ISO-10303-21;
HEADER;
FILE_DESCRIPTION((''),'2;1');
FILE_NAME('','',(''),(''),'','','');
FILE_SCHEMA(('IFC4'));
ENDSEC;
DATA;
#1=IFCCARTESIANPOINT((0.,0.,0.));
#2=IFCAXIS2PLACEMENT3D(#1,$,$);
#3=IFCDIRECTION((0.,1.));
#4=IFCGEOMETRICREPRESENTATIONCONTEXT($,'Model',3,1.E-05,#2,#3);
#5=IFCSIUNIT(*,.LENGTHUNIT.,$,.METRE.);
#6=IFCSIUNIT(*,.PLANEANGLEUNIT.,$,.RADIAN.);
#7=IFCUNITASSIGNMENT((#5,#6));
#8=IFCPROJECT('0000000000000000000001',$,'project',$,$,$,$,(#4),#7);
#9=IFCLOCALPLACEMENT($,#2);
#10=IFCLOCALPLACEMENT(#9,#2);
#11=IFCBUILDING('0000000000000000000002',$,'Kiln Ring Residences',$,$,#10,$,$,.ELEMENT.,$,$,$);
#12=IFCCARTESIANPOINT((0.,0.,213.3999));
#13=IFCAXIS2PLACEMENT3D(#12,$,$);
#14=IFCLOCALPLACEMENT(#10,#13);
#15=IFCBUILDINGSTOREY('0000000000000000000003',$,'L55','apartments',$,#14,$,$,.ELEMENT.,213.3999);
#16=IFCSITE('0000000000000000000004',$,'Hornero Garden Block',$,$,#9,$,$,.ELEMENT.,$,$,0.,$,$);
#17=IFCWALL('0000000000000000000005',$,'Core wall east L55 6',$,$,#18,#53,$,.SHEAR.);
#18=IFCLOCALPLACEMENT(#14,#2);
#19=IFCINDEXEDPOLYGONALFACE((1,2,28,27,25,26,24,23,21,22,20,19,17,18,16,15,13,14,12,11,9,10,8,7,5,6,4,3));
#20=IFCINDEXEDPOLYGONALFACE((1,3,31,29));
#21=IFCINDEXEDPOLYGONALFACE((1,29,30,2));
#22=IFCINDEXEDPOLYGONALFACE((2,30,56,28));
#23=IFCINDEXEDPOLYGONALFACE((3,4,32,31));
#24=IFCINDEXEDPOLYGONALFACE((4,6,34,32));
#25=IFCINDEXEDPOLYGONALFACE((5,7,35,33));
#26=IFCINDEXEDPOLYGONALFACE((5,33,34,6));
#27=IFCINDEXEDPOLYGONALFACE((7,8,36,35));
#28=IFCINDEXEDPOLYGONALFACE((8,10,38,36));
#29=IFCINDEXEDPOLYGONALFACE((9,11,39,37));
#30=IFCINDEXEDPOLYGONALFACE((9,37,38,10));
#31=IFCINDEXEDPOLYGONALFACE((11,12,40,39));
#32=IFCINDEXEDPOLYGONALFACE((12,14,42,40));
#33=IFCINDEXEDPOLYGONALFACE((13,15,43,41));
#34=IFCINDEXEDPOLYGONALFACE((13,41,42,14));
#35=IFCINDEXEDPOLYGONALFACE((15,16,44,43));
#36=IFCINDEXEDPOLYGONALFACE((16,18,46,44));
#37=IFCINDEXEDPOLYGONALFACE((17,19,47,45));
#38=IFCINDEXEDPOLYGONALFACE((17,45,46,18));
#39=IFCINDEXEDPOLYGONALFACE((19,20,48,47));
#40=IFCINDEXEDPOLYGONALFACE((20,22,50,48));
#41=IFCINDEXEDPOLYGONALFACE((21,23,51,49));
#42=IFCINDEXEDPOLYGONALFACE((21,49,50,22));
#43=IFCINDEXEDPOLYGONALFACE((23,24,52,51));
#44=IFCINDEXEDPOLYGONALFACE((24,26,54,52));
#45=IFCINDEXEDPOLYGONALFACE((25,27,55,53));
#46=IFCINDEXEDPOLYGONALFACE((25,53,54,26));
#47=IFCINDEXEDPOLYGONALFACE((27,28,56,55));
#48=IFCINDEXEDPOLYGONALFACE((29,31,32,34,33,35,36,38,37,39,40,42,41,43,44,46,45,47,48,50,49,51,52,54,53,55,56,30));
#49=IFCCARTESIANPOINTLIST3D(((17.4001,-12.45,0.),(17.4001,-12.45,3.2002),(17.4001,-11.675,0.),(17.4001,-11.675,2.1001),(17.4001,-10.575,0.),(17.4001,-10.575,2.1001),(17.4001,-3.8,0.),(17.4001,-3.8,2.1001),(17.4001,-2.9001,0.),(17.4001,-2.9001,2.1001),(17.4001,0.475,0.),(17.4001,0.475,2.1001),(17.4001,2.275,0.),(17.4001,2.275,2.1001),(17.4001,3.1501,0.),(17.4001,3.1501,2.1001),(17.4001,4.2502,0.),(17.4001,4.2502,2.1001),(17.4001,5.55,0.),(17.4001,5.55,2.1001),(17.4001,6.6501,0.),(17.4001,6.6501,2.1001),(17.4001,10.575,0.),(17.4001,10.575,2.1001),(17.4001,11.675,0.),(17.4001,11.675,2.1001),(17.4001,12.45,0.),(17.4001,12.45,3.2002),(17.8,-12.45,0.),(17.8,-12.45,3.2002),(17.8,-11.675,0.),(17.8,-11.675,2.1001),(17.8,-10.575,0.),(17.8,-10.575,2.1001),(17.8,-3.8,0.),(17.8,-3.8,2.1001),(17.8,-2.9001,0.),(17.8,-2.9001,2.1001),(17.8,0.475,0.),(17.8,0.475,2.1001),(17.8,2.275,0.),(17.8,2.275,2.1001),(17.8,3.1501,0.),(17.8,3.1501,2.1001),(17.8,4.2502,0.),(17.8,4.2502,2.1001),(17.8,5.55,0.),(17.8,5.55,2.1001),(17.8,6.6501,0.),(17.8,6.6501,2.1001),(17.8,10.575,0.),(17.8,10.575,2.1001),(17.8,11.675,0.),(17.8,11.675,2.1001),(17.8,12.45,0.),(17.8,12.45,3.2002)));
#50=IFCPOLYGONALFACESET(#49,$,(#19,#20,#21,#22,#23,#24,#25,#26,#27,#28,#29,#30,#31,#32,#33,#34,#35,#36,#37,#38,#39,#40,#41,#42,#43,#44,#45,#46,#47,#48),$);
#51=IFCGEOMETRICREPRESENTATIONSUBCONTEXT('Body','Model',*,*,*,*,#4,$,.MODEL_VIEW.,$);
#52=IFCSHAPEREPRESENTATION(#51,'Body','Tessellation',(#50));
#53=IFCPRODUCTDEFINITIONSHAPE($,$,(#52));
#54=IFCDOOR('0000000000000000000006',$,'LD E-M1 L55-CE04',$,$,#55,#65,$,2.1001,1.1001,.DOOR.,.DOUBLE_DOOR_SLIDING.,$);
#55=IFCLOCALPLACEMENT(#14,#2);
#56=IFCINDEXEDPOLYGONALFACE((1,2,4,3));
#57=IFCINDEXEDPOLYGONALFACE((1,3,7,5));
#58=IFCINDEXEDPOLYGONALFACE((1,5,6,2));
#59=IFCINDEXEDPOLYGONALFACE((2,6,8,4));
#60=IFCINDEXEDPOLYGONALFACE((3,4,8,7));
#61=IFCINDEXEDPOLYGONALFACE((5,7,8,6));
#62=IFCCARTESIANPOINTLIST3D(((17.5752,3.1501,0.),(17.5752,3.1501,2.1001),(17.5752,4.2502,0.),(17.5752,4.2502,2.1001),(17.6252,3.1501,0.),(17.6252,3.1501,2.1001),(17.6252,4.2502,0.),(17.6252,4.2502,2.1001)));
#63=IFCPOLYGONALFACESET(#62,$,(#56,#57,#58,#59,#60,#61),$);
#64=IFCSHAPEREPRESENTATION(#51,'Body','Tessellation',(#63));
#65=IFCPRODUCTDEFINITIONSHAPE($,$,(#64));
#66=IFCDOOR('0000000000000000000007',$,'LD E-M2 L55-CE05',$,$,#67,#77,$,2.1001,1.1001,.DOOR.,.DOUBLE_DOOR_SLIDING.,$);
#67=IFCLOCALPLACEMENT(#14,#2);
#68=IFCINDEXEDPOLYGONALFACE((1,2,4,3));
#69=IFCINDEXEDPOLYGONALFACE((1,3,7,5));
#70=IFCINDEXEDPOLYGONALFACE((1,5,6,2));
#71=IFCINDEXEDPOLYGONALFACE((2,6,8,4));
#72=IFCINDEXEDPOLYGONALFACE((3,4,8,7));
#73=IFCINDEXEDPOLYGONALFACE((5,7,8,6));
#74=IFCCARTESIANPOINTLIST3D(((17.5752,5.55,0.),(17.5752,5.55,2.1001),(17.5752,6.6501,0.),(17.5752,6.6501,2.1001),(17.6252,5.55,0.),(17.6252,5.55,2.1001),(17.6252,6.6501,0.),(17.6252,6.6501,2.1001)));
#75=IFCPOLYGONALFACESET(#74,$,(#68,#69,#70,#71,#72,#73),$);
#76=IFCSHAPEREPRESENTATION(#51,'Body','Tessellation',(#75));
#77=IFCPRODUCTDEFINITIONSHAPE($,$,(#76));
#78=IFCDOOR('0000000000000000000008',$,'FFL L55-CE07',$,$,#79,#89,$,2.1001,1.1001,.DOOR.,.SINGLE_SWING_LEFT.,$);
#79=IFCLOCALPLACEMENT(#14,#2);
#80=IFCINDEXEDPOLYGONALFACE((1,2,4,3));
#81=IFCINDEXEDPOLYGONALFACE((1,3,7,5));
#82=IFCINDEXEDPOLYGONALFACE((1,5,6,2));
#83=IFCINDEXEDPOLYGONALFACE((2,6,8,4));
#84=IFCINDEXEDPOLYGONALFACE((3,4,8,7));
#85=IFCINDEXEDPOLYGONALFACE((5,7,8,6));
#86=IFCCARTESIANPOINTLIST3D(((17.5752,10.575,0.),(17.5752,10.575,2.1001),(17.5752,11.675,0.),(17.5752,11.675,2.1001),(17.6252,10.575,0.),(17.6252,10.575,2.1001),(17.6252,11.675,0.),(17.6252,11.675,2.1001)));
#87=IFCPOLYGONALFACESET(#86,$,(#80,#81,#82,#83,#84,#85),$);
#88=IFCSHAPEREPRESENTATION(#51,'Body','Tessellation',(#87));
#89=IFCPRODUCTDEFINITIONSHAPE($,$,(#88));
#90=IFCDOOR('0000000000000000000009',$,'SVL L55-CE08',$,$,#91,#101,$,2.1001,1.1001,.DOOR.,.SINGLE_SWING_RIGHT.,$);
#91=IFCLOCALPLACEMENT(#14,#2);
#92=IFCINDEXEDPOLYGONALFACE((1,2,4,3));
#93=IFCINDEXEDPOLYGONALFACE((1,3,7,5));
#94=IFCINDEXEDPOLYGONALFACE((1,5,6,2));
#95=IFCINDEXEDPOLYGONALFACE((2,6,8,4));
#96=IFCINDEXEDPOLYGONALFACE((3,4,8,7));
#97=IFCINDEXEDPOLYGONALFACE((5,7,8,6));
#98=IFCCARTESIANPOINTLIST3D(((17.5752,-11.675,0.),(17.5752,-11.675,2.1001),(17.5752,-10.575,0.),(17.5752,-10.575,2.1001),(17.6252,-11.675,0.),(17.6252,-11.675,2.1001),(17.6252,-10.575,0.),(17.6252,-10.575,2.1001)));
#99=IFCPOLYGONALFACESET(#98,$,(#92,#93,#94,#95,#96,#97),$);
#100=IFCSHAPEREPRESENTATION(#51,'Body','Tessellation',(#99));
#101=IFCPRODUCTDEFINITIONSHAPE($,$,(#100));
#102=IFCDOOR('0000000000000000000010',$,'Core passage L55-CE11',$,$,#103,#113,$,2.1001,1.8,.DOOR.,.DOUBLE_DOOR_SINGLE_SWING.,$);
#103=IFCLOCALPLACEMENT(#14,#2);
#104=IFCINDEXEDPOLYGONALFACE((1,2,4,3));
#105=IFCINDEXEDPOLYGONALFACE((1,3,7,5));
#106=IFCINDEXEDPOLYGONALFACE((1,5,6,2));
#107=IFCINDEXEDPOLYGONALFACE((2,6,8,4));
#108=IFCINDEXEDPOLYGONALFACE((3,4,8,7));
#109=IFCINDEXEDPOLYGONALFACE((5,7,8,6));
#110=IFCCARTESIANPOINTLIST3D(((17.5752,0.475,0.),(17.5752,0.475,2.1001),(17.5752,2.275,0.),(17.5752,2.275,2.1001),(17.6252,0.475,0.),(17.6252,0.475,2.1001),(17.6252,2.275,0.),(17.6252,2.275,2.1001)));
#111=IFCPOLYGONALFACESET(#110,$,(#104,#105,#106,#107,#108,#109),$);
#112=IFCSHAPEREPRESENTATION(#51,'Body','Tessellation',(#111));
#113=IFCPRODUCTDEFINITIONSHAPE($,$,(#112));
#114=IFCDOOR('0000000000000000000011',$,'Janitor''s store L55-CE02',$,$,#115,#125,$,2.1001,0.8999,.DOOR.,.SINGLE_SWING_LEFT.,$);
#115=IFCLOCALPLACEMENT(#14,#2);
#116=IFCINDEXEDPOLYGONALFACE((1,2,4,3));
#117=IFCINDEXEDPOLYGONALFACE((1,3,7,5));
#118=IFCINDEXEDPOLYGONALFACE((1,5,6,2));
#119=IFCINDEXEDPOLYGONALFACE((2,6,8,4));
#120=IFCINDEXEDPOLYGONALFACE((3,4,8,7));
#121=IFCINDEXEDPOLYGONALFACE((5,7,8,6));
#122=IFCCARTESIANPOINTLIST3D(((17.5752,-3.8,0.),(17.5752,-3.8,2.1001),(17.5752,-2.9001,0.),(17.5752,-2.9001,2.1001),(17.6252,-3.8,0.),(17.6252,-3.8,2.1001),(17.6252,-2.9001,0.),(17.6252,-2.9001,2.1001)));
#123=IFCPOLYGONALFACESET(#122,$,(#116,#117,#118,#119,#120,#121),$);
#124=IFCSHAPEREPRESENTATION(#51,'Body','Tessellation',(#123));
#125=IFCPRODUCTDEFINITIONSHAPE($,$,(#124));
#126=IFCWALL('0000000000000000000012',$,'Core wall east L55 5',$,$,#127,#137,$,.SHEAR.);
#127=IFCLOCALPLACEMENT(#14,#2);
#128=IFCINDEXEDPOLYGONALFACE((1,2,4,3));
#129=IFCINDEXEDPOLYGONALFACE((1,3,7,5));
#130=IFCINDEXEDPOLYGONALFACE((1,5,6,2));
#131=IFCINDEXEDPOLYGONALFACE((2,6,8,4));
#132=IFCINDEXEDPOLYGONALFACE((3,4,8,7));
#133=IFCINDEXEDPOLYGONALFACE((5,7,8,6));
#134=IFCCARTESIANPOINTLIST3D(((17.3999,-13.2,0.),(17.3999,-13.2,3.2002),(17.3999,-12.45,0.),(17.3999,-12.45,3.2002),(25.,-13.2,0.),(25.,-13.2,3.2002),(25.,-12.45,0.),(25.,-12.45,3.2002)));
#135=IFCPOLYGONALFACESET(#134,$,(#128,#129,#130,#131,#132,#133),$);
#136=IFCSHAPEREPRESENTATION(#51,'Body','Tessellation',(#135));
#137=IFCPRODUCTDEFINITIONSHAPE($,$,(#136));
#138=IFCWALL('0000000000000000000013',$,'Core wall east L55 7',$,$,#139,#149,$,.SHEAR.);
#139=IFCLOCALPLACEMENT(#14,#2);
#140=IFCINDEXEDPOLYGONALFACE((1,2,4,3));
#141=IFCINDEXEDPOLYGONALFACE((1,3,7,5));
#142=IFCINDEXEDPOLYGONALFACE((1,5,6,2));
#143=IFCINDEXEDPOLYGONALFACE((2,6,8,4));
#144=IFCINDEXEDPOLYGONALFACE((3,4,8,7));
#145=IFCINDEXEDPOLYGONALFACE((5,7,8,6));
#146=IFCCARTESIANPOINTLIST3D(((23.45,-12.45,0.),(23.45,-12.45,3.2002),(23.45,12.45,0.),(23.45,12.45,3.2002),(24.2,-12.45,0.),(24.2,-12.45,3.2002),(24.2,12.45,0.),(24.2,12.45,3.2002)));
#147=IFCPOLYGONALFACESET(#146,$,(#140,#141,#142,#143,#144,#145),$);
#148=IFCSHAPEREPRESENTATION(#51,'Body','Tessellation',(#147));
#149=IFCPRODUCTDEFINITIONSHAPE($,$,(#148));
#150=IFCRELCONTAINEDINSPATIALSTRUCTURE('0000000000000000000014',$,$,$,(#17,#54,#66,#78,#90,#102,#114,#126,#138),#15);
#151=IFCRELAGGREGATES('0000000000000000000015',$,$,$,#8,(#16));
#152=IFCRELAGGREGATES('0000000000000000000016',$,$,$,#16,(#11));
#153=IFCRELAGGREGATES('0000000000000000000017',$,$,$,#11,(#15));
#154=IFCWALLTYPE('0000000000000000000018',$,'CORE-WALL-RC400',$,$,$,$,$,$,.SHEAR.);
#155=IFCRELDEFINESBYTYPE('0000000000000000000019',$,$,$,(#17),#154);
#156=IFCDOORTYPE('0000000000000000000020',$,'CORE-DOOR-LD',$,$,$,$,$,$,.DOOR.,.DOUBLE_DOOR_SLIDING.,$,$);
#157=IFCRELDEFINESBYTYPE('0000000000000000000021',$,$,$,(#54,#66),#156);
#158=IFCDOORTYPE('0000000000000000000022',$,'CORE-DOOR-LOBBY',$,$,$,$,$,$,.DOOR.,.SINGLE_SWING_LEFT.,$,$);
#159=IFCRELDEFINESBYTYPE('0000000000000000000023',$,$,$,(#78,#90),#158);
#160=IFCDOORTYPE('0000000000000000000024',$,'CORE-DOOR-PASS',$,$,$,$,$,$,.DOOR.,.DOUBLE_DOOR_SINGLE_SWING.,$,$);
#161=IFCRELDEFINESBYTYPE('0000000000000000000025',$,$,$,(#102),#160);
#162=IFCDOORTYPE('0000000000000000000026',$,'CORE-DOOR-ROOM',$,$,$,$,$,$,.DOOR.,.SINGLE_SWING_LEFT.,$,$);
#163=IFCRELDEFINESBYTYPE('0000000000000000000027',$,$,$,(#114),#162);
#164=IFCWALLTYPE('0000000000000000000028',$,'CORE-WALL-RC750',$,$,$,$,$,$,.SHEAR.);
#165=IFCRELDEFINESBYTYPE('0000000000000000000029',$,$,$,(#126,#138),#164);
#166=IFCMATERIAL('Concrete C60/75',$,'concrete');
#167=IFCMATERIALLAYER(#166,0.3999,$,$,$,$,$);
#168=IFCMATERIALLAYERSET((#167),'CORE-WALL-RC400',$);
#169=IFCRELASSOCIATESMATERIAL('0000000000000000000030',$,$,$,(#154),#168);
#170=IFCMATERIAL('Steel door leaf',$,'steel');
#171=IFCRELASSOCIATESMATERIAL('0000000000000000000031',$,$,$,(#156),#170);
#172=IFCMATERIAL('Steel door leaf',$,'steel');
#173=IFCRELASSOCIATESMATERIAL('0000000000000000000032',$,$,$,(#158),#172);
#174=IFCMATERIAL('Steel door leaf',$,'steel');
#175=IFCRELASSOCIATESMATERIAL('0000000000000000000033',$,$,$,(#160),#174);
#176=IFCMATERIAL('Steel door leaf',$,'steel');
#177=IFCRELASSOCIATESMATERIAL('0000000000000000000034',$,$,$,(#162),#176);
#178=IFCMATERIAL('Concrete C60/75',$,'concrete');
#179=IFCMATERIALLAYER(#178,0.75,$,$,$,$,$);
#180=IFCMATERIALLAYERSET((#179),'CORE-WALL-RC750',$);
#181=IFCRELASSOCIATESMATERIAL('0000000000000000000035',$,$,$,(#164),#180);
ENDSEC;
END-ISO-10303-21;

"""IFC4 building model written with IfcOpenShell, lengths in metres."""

from ifc_helpers import new_model, si_unit, direction, frame, frame_2d, origin, place, context, subcontext, project, spatial, rectangle, extrude, material, layer, layer_set, type_object, element, fill, save


model = new_model("IFC4")

# Units and contexts
model_context = context("Model", 3, precision=1e-05, world=origin(), true_north=direction((0.0, 1.0)))
body_context = subcontext(model_context, "Body", "Model", "MODEL_VIEW")
ifc_project = project(units=[si_unit("LENGTHUNIT", "METRE"), si_unit("PLANEANGLEUNIT", "RADIAN")], contexts=[model_context])

# Site, building, storey
site_placement = place(None, origin())
site = spatial("IfcSite", under=ifc_project, at=site_placement, Name="Hornero Garden Block", CompositionType="ELEMENT", RefElevation=0.0)
building_placement = place(site_placement, origin())
building = spatial("IfcBuilding", under=site, at=building_placement, Name="Kiln Ring Residences", CompositionType="ELEMENT")
storey_placement = place(building_placement, frame((0.0, 0.0, 213.3999)))
storey = spatial("IfcBuildingStorey", under=building, at=storey_placement, Name="L55", Description="apartments", CompositionType="ELEMENT", Elevation=213.3999)

# Wall, openings, doors
ifc_material_1 = material(Name="Concrete C60/75", Category="concrete")
ifc_layer_1 = layer(ifc_material_1, 0.3999)
ifc_layer_set_1 = layer_set([ifc_layer_1], Name="CORE-WALL-RC400")
wall_type_1 = type_object("IfcWallType", Name="CORE-WALL-RC400", PredefinedType="SHEAR", material=ifc_layer_set_1)
wall_1_placement = place(storey_placement, frame((17.6001, -12.45, 0.0), z_axis=(0.0, 0.0, 1.0), x_axis=(0.0, 1.0, 0.0)))
wall_1 = element("IfcWall", 1, at=wall_1_placement, inside=storey, type_object=wall_type_1, Name="Core wall east L55 6", PredefinedType="SHEAR", context=body_context, shape_type="SweptSolid", body=[
    extrude(rectangle(XDim=24.8999, YDim=0.3999, at=frame_2d((12.45, 0.0))), origin(), (0.0, 0.0, 1.0), 3.2002),
])
opening_1_placement = place(wall_1_placement, frame((8.6499, 0.0, 0.0)))
opening_1 = element("IfcOpeningElement", 2, at=opening_1_placement, cuts=wall_1, PredefinedType="OPENING", context=body_context, shape_type="SweptSolid", body=[
    extrude(rectangle(XDim=0.8999, YDim=2.1001, at=frame_2d((0.45, 1.05))), frame((0.0, 0.21, 0.0), z_axis=(0.0, -1.0, 0.0), x_axis=(1.0, 0.0, 0.0)), (0.0, 0.0, 1.0), 0.4199),
])
opening_2_placement = place(wall_1_placement, frame((15.6001, 0.0, 0.0)))
opening_2 = element("IfcOpeningElement", 3, at=opening_2_placement, cuts=wall_1, PredefinedType="OPENING", context=body_context, shape_type="SweptSolid", body=[
    extrude(rectangle(XDim=1.1001, YDim=2.1001, at=frame_2d((0.55, 1.05))), frame((0.0, 0.21, 0.0), z_axis=(0.0, -1.0, 0.0), x_axis=(1.0, 0.0, 0.0)), (0.0, 0.0, 1.0), 0.4199),
])
opening_3_placement = place(wall_1_placement, frame((18.0, 0.0, 0.0)))
opening_3 = element("IfcOpeningElement", 4, at=opening_3_placement, cuts=wall_1, PredefinedType="OPENING", context=body_context, shape_type="SweptSolid", body=[
    extrude(rectangle(XDim=1.1001, YDim=2.1001, at=frame_2d((0.55, 1.05))), frame((0.0, 0.21, 0.0), z_axis=(0.0, -1.0, 0.0), x_axis=(1.0, 0.0, 0.0)), (0.0, 0.0, 1.0), 0.4199),
])
opening_4_placement = place(wall_1_placement, frame((23.0249, 0.0, 0.0)))
opening_4 = element("IfcOpeningElement", 5, at=opening_4_placement, cuts=wall_1, PredefinedType="OPENING", context=body_context, shape_type="SweptSolid", body=[
    extrude(rectangle(XDim=1.1001, YDim=2.1001, at=frame_2d((0.55, 1.05))), frame((0.0, 0.21, 0.0), z_axis=(0.0, -1.0, 0.0), x_axis=(1.0, 0.0, 0.0)), (0.0, 0.0, 1.0), 0.4199),
])
opening_5_placement = place(wall_1_placement, frame((0.7749, 0.0, 0.0)))
opening_5 = element("IfcOpeningElement", 6, at=opening_5_placement, cuts=wall_1, PredefinedType="OPENING", context=body_context, shape_type="SweptSolid", body=[
    extrude(rectangle(XDim=1.1001, YDim=2.1001, at=frame_2d((0.55, 1.05))), frame((0.0, 0.21, 0.0), z_axis=(0.0, -1.0, 0.0), x_axis=(1.0, 0.0, 0.0)), (0.0, 0.0, 1.0), 0.4199),
])
opening_6_placement = place(wall_1_placement, frame((12.925, 0.0, 0.0)))
opening_6 = element("IfcOpeningElement", 7, at=opening_6_placement, cuts=wall_1, PredefinedType="OPENING", context=body_context, shape_type="SweptSolid", body=[
    extrude(rectangle(XDim=1.8, YDim=2.1001, at=frame_2d((0.8999, 1.05))), frame((0.0, 0.21, 0.0), z_axis=(0.0, -1.0, 0.0), x_axis=(1.0, 0.0, 0.0)), (0.0, 0.0, 1.0), 0.4199),
])
ifc_material_2 = material(Name="Steel door leaf", Category="steel")
door_type_1 = type_object("IfcDoorType", Name="CORE-DOOR-LD", OperationType="DOUBLE_DOOR_SLIDING", PredefinedType="DOOR", material=ifc_material_2)
door_1_placement = place(opening_2_placement, origin())
door_1 = element("IfcDoor", 8, at=door_1_placement, inside=storey, type_object=door_type_1, Name="LD E-M1 L55-CE04", OperationType="DOUBLE_DOOR_SLIDING", OverallHeight=2.1001, OverallWidth=1.1001, PredefinedType="DOOR", context=body_context, shape_type="SweptSolid", body=[
    extrude(rectangle(XDim=1.1001, YDim=2.1001, at=frame_2d((0.55, 1.05))), frame((0.0, 0.0249, 0.0), z_axis=(0.0, -1.0, 0.0), x_axis=(1.0, 0.0, 0.0)), (0.0, 0.0, 1.0), 0.05),
])
fill(opening_2, door_1)
door_2_placement = place(opening_3_placement, origin())
door_2 = element("IfcDoor", 9, at=door_2_placement, inside=storey, type_object=door_type_1, Name="LD E-M2 L55-CE05", OperationType="DOUBLE_DOOR_SLIDING", OverallHeight=2.1001, OverallWidth=1.1001, PredefinedType="DOOR", context=body_context, shape_type="SweptSolid", body=[
    extrude(rectangle(XDim=1.1001, YDim=2.1001, at=frame_2d((0.55, 1.05))), frame((0.0, 0.0249, 0.0), z_axis=(0.0, -1.0, 0.0), x_axis=(1.0, 0.0, 0.0)), (0.0, 0.0, 1.0), 0.05),
])
fill(opening_3, door_2)
ifc_material_3 = material(Name="Steel door leaf", Category="steel")
door_type_2 = type_object("IfcDoorType", Name="CORE-DOOR-LOBBY", OperationType="SINGLE_SWING_LEFT", PredefinedType="DOOR", material=ifc_material_3)
door_3_placement = place(opening_4_placement, origin())
door_3 = element("IfcDoor", 10, at=door_3_placement, inside=storey, type_object=door_type_2, Name="FFL L55-CE07", OperationType="SINGLE_SWING_LEFT", OverallHeight=2.1001, OverallWidth=1.1001, PredefinedType="DOOR", context=body_context, shape_type="SweptSolid", body=[
    extrude(rectangle(XDim=1.1001, YDim=2.1001, at=frame_2d((0.55, 1.05))), frame((0.0, 0.0249, 0.0), z_axis=(0.0, -1.0, 0.0), x_axis=(1.0, 0.0, 0.0)), (0.0, 0.0, 1.0), 0.05),
])
fill(opening_4, door_3)
door_4_placement = place(opening_5_placement, origin())
door_4 = element("IfcDoor", 11, at=door_4_placement, inside=storey, type_object=door_type_2, Name="SVL L55-CE08", OperationType="SINGLE_SWING_RIGHT", OverallHeight=2.1001, OverallWidth=1.1001, PredefinedType="DOOR", context=body_context, shape_type="SweptSolid", body=[
    extrude(rectangle(XDim=1.1001, YDim=2.1001, at=frame_2d((0.55, 1.05))), frame((0.0, 0.0249, 0.0), z_axis=(0.0, -1.0, 0.0), x_axis=(1.0, 0.0, 0.0)), (0.0, 0.0, 1.0), 0.05),
])
fill(opening_5, door_4)
ifc_material_4 = material(Name="Steel door leaf", Category="steel")
door_type_3 = type_object("IfcDoorType", Name="CORE-DOOR-PASS", OperationType="DOUBLE_DOOR_SINGLE_SWING", PredefinedType="DOOR", material=ifc_material_4)
door_5_placement = place(opening_6_placement, origin())
door_5 = element("IfcDoor", 12, at=door_5_placement, inside=storey, type_object=door_type_3, Name="Core passage L55-CE11", OperationType="DOUBLE_DOOR_SINGLE_SWING", OverallHeight=2.1001, OverallWidth=1.8, PredefinedType="DOOR", context=body_context, shape_type="SweptSolid", body=[
    extrude(rectangle(XDim=1.8, YDim=2.1001, at=frame_2d((0.8999, 1.05))), frame((0.0, 0.0249, 0.0), z_axis=(0.0, -1.0, 0.0), x_axis=(1.0, 0.0, 0.0)), (0.0, 0.0, 1.0), 0.05),
])
fill(opening_6, door_5)
ifc_material_5 = material(Name="Steel door leaf", Category="steel")
door_type_4 = type_object("IfcDoorType", Name="CORE-DOOR-ROOM", OperationType="SINGLE_SWING_LEFT", PredefinedType="DOOR", material=ifc_material_5)
door_6_placement = place(opening_1_placement, origin())
door_6 = element("IfcDoor", 13, at=door_6_placement, inside=storey, type_object=door_type_4, Name="Janitor's store L55-CE02", OperationType="SINGLE_SWING_LEFT", OverallHeight=2.1001, OverallWidth=0.8999, PredefinedType="DOOR", context=body_context, shape_type="SweptSolid", body=[
    extrude(rectangle(XDim=0.8999, YDim=2.1001, at=frame_2d((0.45, 1.05))), frame((0.0, 0.0249, 0.0), z_axis=(0.0, -1.0, 0.0), x_axis=(1.0, 0.0, 0.0)), (0.0, 0.0, 1.0), 0.05),
])
fill(opening_1, door_6)

# Walls
ifc_material_6 = material(Name="Concrete C60/75", Category="concrete")
ifc_layer_2 = layer(ifc_material_6, 0.75)
ifc_layer_set_2 = layer_set([ifc_layer_2], Name="CORE-WALL-RC750")
wall_type_2 = type_object("IfcWallType", Name="CORE-WALL-RC750", PredefinedType="SHEAR", material=ifc_layer_set_2)
wall_2_placement = place(storey_placement, frame((17.3999, -12.825, 0.0), z_axis=(0.0, 0.0, 1.0), x_axis=(1.0, 0.0, 0.0)))
element("IfcWall", 14, at=wall_2_placement, inside=storey, type_object=wall_type_2, Name="Core wall east L55 5", PredefinedType="SHEAR", context=body_context, shape_type="SweptSolid", body=[
    extrude(rectangle(XDim=7.6001, YDim=0.75, at=frame_2d((3.8, 0.0))), origin(), (0.0, 0.0, 1.0), 3.2002),
])
wall_3_placement = place(storey_placement, frame((23.825, -12.45, 0.0), z_axis=(0.0, 0.0, 1.0), x_axis=(0.0, 1.0, 0.0)))
element("IfcWall", 15, at=wall_3_placement, inside=storey, type_object=wall_type_2, Name="Core wall east L55 7", PredefinedType="SHEAR", context=body_context, shape_type="SweptSolid", body=[
    extrude(rectangle(XDim=24.8999, YDim=0.75, at=frame_2d((12.45, 0.0))), origin(), (0.0, 0.0, 1.0), 3.2002),
])

save(model, "model.ifc")
